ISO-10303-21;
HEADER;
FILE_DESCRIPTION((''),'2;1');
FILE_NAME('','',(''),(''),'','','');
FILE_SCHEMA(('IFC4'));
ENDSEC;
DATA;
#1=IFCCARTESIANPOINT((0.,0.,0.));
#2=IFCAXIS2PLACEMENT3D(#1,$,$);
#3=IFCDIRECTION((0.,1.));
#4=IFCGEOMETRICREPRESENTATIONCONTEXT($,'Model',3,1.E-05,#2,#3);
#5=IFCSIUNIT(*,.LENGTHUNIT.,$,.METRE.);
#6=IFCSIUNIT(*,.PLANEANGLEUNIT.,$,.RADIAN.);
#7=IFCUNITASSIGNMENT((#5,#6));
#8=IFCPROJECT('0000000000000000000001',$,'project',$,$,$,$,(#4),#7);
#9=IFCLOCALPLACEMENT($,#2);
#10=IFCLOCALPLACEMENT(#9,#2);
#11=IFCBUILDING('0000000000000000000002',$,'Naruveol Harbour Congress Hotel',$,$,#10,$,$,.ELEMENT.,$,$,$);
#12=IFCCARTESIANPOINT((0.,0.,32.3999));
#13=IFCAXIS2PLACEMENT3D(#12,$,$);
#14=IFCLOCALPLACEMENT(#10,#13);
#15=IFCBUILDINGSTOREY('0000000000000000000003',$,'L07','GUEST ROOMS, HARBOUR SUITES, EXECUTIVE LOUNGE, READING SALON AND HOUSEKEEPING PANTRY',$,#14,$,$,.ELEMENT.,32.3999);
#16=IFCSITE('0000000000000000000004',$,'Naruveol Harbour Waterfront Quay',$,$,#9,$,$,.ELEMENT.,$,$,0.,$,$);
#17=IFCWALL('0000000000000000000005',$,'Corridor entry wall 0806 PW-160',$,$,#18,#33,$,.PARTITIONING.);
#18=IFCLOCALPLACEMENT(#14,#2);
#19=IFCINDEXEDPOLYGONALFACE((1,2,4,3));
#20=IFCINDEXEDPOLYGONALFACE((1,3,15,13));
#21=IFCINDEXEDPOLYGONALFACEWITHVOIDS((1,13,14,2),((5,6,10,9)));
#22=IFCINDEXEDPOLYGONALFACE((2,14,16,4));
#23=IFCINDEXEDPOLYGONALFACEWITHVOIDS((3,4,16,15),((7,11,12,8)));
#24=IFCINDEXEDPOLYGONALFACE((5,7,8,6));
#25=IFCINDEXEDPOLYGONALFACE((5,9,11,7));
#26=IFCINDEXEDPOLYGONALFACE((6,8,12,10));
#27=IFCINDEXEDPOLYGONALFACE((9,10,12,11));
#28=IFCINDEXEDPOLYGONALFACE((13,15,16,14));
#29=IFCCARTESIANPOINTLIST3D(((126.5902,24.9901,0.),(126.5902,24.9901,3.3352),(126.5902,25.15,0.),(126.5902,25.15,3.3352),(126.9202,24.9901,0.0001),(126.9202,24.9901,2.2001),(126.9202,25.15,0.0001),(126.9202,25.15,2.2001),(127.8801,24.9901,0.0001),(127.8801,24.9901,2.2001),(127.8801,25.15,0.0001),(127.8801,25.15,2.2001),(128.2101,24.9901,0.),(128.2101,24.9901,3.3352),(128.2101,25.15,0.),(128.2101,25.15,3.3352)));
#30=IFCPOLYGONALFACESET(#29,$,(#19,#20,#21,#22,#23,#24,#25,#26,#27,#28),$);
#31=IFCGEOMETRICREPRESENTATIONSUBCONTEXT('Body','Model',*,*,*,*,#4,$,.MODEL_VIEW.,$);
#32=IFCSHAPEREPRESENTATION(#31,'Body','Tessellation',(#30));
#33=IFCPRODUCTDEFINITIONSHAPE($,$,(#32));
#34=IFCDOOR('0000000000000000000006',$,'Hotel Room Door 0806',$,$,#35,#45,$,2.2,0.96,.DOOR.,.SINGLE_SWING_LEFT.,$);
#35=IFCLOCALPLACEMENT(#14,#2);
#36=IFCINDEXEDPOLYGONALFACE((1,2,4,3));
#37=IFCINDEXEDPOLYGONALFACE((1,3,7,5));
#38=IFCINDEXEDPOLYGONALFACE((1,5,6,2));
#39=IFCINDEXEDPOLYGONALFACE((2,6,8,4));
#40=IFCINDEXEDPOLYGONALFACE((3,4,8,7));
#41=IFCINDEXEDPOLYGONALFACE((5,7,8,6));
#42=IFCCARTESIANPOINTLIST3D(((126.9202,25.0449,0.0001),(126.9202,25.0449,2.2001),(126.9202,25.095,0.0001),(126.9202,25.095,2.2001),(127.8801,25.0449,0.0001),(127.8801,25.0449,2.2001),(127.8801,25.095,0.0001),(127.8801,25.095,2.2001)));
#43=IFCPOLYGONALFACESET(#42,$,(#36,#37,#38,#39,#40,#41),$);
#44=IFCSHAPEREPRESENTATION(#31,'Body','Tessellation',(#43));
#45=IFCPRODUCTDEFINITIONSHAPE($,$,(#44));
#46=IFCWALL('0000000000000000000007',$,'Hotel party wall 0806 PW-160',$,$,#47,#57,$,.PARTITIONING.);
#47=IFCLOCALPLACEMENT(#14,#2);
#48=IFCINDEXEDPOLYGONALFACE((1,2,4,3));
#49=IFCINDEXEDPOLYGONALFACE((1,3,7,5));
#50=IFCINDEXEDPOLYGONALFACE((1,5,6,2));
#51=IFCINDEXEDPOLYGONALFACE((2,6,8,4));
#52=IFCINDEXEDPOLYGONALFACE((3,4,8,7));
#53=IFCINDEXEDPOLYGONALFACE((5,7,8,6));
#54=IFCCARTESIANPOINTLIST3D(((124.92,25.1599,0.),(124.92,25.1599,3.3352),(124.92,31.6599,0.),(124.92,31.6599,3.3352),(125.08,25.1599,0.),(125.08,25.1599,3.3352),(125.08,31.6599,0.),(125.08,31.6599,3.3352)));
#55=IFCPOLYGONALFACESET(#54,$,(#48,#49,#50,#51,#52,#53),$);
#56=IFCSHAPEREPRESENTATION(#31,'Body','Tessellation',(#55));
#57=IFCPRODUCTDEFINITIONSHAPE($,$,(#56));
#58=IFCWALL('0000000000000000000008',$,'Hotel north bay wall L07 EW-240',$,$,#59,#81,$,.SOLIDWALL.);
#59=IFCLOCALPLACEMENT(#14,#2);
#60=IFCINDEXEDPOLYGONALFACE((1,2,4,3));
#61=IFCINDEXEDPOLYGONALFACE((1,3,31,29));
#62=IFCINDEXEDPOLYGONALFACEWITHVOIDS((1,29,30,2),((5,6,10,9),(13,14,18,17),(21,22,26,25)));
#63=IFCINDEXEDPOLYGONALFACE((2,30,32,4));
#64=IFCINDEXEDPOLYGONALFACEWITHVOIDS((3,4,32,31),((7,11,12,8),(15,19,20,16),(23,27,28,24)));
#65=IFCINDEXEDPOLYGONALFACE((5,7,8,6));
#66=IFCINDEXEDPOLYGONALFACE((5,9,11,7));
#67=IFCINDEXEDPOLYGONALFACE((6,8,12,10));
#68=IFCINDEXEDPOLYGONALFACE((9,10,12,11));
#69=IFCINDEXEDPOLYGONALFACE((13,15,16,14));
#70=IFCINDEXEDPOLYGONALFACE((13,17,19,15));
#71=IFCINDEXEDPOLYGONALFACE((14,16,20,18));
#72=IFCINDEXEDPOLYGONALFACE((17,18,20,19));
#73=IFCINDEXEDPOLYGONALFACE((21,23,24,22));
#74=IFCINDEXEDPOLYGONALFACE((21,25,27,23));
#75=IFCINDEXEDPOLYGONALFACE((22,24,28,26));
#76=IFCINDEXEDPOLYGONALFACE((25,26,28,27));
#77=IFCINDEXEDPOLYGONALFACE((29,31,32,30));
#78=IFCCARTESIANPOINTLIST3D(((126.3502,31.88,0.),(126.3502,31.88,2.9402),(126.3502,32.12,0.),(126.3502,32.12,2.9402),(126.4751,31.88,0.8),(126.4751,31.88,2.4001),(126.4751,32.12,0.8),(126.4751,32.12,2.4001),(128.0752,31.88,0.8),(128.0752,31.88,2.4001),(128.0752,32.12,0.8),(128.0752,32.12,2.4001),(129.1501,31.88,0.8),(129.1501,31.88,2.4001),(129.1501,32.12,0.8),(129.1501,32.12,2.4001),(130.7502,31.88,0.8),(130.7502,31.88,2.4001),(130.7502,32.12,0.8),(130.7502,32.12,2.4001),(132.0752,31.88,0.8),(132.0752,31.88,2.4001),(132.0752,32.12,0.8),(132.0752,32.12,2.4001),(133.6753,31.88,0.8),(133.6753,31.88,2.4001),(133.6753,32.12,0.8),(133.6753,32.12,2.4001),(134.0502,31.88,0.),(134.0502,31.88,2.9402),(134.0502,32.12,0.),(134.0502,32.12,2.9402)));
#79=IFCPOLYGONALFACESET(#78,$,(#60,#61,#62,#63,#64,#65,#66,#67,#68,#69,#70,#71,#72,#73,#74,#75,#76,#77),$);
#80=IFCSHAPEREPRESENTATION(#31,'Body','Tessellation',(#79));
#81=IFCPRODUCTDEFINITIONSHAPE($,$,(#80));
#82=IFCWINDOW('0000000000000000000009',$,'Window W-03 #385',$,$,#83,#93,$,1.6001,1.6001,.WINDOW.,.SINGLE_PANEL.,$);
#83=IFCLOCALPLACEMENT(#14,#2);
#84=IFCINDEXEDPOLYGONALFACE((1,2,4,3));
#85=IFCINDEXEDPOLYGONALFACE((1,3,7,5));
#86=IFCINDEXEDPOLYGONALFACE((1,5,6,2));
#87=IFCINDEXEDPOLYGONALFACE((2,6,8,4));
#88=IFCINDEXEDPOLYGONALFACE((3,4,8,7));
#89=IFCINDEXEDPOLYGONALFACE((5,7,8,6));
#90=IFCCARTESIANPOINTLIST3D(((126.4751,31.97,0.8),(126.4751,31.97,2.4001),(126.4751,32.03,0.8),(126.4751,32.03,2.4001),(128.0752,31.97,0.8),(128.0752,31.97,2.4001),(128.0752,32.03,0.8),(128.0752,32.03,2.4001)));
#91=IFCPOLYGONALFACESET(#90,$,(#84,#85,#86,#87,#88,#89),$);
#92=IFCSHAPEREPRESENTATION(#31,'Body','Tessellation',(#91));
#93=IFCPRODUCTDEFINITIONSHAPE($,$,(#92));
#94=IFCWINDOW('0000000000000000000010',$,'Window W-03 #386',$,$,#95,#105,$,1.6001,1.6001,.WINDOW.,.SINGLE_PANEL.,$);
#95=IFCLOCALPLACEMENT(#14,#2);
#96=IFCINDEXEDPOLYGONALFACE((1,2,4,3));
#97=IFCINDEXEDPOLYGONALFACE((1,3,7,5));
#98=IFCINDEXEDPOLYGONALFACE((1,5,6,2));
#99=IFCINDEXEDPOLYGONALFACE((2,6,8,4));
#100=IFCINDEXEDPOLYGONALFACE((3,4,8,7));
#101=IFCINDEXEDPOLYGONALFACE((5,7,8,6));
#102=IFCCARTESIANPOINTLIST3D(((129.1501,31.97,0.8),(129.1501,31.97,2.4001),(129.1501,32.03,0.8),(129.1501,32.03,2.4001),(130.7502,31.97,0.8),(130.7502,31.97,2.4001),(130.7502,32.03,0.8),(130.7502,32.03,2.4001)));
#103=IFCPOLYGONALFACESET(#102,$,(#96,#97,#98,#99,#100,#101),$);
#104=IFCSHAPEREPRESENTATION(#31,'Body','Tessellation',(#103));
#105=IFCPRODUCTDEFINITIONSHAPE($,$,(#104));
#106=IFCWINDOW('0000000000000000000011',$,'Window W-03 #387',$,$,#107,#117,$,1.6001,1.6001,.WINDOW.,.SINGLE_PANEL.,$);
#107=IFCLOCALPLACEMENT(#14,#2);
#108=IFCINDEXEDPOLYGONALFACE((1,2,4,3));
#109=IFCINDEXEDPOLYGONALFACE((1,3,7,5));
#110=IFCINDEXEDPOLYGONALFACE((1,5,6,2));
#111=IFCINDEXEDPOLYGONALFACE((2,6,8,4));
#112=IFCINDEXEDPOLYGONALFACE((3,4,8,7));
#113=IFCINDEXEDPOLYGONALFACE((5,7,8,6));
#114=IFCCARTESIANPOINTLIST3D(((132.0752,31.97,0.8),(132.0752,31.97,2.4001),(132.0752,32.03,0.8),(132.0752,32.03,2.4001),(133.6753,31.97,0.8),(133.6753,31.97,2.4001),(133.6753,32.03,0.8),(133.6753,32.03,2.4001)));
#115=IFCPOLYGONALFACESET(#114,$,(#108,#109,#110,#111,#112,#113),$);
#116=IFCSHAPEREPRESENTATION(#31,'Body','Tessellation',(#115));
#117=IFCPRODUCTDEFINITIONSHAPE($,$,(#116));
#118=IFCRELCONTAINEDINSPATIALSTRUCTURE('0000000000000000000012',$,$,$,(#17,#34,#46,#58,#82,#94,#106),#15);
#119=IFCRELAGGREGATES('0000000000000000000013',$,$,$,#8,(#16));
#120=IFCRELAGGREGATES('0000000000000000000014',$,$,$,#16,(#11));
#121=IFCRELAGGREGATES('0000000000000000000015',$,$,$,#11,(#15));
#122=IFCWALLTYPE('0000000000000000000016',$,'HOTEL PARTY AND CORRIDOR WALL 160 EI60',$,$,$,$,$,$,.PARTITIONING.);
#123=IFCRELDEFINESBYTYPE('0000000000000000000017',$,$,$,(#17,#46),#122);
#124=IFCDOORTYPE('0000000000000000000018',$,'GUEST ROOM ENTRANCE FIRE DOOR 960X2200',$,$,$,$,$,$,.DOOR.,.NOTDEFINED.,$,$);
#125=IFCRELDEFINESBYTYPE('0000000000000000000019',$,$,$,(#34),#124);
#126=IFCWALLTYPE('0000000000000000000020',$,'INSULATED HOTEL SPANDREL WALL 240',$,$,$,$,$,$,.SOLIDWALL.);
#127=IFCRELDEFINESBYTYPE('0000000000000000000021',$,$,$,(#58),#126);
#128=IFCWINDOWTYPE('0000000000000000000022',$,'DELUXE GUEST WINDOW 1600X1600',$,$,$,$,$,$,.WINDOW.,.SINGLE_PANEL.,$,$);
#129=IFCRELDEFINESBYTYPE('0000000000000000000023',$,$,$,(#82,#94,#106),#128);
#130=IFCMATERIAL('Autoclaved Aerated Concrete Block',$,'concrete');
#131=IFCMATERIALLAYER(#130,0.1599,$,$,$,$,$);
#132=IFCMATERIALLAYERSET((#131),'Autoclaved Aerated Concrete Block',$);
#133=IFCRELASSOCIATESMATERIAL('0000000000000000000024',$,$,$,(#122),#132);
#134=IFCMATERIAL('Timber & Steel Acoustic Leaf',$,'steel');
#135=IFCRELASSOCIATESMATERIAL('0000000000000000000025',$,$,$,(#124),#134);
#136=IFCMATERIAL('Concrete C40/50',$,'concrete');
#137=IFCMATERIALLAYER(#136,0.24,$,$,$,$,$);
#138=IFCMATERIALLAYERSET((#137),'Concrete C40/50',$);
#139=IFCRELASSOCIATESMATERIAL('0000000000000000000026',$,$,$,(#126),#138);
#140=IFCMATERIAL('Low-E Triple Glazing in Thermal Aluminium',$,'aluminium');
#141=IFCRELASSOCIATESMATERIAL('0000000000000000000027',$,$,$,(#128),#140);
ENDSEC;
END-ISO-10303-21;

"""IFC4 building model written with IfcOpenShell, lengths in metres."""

from ifc_helpers import new_model, si_unit, direction, frame, frame_2d, origin, place, context, subcontext, project, spatial, rectangle, extrude, material, layer, layer_set, type_object, element, fill, save


model = new_model("IFC4")

# Units and contexts
model_context = context("Model", 3, precision=1e-05, world=origin(), true_north=direction((0.0, 1.0)))
body_context = subcontext(model_context, "Body", "Model", "MODEL_VIEW")
ifc_project = project(units=[si_unit("LENGTHUNIT", "METRE"), si_unit("PLANEANGLEUNIT", "RADIAN")], contexts=[model_context])

# Site, building, storey
site_placement = place(None, origin())
site = spatial("IfcSite", under=ifc_project, at=site_placement, Name="Naruveol Harbour Waterfront Quay", CompositionType="ELEMENT", RefElevation=0.0)
building_placement = place(site_placement, origin())
building = spatial("IfcBuilding", under=site, at=building_placement, Name="Naruveol Harbour Congress Hotel", CompositionType="ELEMENT")
storey_placement = place(building_placement, frame((0.0, 0.0, 32.3999)))
storey = spatial("IfcBuildingStorey", under=building, at=storey_placement, Name="L07", Description="GUEST ROOMS, HARBOUR SUITES, EXECUTIVE LOUNGE, READING SALON AND HOUSEKEEPING PANTRY", CompositionType="ELEMENT", Elevation=32.3999)

# Shared definitions
ifc_material_1 = material(Name="Autoclaved Aerated Concrete Block", Category="concrete")
ifc_layer_1 = layer(ifc_material_1, 0.1599)
ifc_layer_set_1 = layer_set([ifc_layer_1], Name="Autoclaved Aerated Concrete Block")
wall_type_1 = type_object("IfcWallType", Name="HOTEL PARTY AND CORRIDOR WALL 160 EI60", PredefinedType="PARTITIONING", material=ifc_layer_set_1)
ifc_material_2 = material(Name="Timber & Steel Acoustic Leaf", Category="steel")
door_type_1 = type_object("IfcDoorType", Name="GUEST ROOM ENTRANCE FIRE DOOR 960X2200", OperationType="NOTDEFINED", PredefinedType="DOOR", material=ifc_material_2)

# Wall, opening, door
wall_1_placement = place(storey_placement, frame((126.5901, 25.0701, 0.0), z_axis=(0.0, 0.0, 1.0), x_axis=(1.0, 0.0, 0.0)))
wall_1 = element("IfcWall", 1, at=wall_1_placement, inside=storey, type_object=wall_type_1, Name="Corridor entry wall 0806 PW-160", PredefinedType="PARTITIONING", context=body_context, shape_type="SweptSolid", body=[
    extrude(rectangle(XDim=1.6199, YDim=0.1599, at=frame_2d((0.8101, 0.0))), origin(), (0.0, 0.0, 1.0), 3.3352),
])
opening_1_placement = place(wall_1_placement, frame((0.3301, 0.0, 0.0)))
opening_1 = element("IfcOpeningElement", 2, at=opening_1_placement, cuts=wall_1, PredefinedType="OPENING", context=body_context, shape_type="SweptSolid", body=[
    extrude(rectangle(XDim=0.96, YDim=2.2, at=frame_2d((0.48, 1.1001))), frame((0.0, 0.0898, 0.0), z_axis=(0.0, -1.0, 0.0), x_axis=(1.0, 0.0, 0.0)), (0.0, 0.0, 1.0), 0.1799),
])
door_1_placement = place(opening_1_placement, origin())
door_1 = element("IfcDoor", 3, at=door_1_placement, inside=storey, type_object=door_type_1, Name="Hotel Room Door 0806", OperationType="SINGLE_SWING_LEFT", OverallHeight=2.2, OverallWidth=0.96, PredefinedType="DOOR", context=body_context, shape_type="SweptSolid", body=[
    extrude(rectangle(XDim=0.96, YDim=2.2, at=frame_2d((0.48, 1.1001))), frame((0.0, 0.0249, 0.0), z_axis=(0.0, -1.0, 0.0), x_axis=(1.0, 0.0, 0.0)), (0.0, 0.0, 1.0), 0.05),
])
fill(opening_1, door_1)

# Wall
wall_2_placement = place(storey_placement, frame((125.0, 25.1599, 0.0), z_axis=(0.0, 0.0, 1.0), x_axis=(0.0, 1.0, 0.0)))
element("IfcWall", 4, at=wall_2_placement, inside=storey, type_object=wall_type_1, Name="Hotel party wall 0806 PW-160", PredefinedType="PARTITIONING", context=body_context, shape_type="SweptSolid", body=[
    extrude(rectangle(XDim=6.5, YDim=0.1599, at=frame_2d((3.25, 0.0))), origin(), (0.0, 0.0, 1.0), 3.3352),
])

# Wall, openings, windows
ifc_material_3 = material(Name="Concrete C40/50", Category="concrete")
ifc_layer_2 = layer(ifc_material_3, 0.24)
ifc_layer_set_2 = layer_set([ifc_layer_2], Name="Concrete C40/50")
wall_type_2 = type_object("IfcWallType", Name="INSULATED HOTEL SPANDREL WALL 240", PredefinedType="SOLIDWALL", material=ifc_layer_set_2)
wall_3_placement = place(storey_placement, frame((126.3501, 32.0, 0.0), z_axis=(0.0, 0.0, 1.0), x_axis=(1.0, 0.0, 0.0)))
wall_3 = element("IfcWall", 5, at=wall_3_placement, inside=storey, type_object=wall_type_2, Name="Hotel north bay wall L07 EW-240", PredefinedType="SOLIDWALL", context=body_context, shape_type="SweptSolid", body=[
    extrude(rectangle(XDim=7.7, YDim=0.24, at=frame_2d((3.8501, 0.0))), origin(), (0.0, 0.0, 1.0), 2.9402),
])
opening_2_placement = place(wall_3_placement, frame((0.125, 0.0, 0.8)))
opening_2 = element("IfcOpeningElement", 6, at=opening_2_placement, cuts=wall_3, PredefinedType="OPENING", context=body_context, shape_type="SweptSolid", body=[
    extrude(rectangle(XDim=1.6001, YDim=1.6001, at=frame_2d((0.8, 0.8))), frame((0.0, 0.1299, 0.0), z_axis=(0.0, -1.0, 0.0), x_axis=(1.0, 0.0, 0.0)), (0.0, 0.0, 1.0), 0.26),
])
opening_3_placement = place(wall_3_placement, frame((2.8, 0.0, 0.8)))
opening_3 = element("IfcOpeningElement", 7, at=opening_3_placement, cuts=wall_3, PredefinedType="OPENING", context=body_context, shape_type="SweptSolid", body=[
    extrude(rectangle(XDim=1.6001, YDim=1.6001, at=frame_2d((0.8, 0.8))), frame((0.0, 0.1299, 0.0), z_axis=(0.0, -1.0, 0.0), x_axis=(1.0, 0.0, 0.0)), (0.0, 0.0, 1.0), 0.26),
])
opening_4_placement = place(wall_3_placement, frame((5.7251, 0.0, 0.8)))
opening_4 = element("IfcOpeningElement", 8, at=opening_4_placement, cuts=wall_3, PredefinedType="OPENING", context=body_context, shape_type="SweptSolid", body=[
    extrude(rectangle(XDim=1.6001, YDim=1.6001, at=frame_2d((0.8, 0.8))), frame((0.0, 0.1299, 0.0), z_axis=(0.0, -1.0, 0.0), x_axis=(1.0, 0.0, 0.0)), (0.0, 0.0, 1.0), 0.26),
])
ifc_material_4 = material(Name="Low-E Triple Glazing in Thermal Aluminium", Category="aluminium")
window_type = type_object("IfcWindowType", Name="DELUXE GUEST WINDOW 1600X1600", PartitioningType="SINGLE_PANEL", PredefinedType="WINDOW", material=ifc_material_4)
window_1_placement = place(opening_2_placement, origin())
window_1 = element("IfcWindow", 9, at=window_1_placement, inside=storey, type_object=window_type, Name="Window W-03 #385", OverallHeight=1.6001, OverallWidth=1.6001, PartitioningType="SINGLE_PANEL", PredefinedType="WINDOW", context=body_context, shape_type="SweptSolid", body=[
    extrude(rectangle(XDim=1.6001, YDim=1.6001, at=frame_2d((0.8, 0.8))), frame((0.0, 0.03, 0.0), z_axis=(0.0, -1.0, 0.0), x_axis=(1.0, 0.0, 0.0)), (0.0, 0.0, 1.0), 0.0601),
])
fill(opening_2, window_1)
window_2_placement = place(opening_3_placement, origin())
window_2 = element("IfcWindow", 10, at=window_2_placement, inside=storey, type_object=window_type, Name="Window W-03 #386", OverallHeight=1.6001, OverallWidth=1.6001, PartitioningType="SINGLE_PANEL", PredefinedType="WINDOW", context=body_context, shape_type="SweptSolid", body=[
    extrude(rectangle(XDim=1.6001, YDim=1.6001, at=frame_2d((0.8, 0.8))), frame((0.0, 0.03, 0.0), z_axis=(0.0, -1.0, 0.0), x_axis=(1.0, 0.0, 0.0)), (0.0, 0.0, 1.0), 0.0601),
])
fill(opening_3, window_2)
window_3_placement = place(opening_4_placement, origin())
window_3 = element("IfcWindow", 11, at=window_3_placement, inside=storey, type_object=window_type, Name="Window W-03 #387", OverallHeight=1.6001, OverallWidth=1.6001, PartitioningType="SINGLE_PANEL", PredefinedType="WINDOW", context=body_context, shape_type="SweptSolid", body=[
    extrude(rectangle(XDim=1.6001, YDim=1.6001, at=frame_2d((0.8, 0.8))), frame((0.0, 0.03, 0.0), z_axis=(0.0, -1.0, 0.0), x_axis=(1.0, 0.0, 0.0)), (0.0, 0.0, 1.0), 0.0601),
])
fill(opening_4, window_3)

save(model, "model.ifc")
